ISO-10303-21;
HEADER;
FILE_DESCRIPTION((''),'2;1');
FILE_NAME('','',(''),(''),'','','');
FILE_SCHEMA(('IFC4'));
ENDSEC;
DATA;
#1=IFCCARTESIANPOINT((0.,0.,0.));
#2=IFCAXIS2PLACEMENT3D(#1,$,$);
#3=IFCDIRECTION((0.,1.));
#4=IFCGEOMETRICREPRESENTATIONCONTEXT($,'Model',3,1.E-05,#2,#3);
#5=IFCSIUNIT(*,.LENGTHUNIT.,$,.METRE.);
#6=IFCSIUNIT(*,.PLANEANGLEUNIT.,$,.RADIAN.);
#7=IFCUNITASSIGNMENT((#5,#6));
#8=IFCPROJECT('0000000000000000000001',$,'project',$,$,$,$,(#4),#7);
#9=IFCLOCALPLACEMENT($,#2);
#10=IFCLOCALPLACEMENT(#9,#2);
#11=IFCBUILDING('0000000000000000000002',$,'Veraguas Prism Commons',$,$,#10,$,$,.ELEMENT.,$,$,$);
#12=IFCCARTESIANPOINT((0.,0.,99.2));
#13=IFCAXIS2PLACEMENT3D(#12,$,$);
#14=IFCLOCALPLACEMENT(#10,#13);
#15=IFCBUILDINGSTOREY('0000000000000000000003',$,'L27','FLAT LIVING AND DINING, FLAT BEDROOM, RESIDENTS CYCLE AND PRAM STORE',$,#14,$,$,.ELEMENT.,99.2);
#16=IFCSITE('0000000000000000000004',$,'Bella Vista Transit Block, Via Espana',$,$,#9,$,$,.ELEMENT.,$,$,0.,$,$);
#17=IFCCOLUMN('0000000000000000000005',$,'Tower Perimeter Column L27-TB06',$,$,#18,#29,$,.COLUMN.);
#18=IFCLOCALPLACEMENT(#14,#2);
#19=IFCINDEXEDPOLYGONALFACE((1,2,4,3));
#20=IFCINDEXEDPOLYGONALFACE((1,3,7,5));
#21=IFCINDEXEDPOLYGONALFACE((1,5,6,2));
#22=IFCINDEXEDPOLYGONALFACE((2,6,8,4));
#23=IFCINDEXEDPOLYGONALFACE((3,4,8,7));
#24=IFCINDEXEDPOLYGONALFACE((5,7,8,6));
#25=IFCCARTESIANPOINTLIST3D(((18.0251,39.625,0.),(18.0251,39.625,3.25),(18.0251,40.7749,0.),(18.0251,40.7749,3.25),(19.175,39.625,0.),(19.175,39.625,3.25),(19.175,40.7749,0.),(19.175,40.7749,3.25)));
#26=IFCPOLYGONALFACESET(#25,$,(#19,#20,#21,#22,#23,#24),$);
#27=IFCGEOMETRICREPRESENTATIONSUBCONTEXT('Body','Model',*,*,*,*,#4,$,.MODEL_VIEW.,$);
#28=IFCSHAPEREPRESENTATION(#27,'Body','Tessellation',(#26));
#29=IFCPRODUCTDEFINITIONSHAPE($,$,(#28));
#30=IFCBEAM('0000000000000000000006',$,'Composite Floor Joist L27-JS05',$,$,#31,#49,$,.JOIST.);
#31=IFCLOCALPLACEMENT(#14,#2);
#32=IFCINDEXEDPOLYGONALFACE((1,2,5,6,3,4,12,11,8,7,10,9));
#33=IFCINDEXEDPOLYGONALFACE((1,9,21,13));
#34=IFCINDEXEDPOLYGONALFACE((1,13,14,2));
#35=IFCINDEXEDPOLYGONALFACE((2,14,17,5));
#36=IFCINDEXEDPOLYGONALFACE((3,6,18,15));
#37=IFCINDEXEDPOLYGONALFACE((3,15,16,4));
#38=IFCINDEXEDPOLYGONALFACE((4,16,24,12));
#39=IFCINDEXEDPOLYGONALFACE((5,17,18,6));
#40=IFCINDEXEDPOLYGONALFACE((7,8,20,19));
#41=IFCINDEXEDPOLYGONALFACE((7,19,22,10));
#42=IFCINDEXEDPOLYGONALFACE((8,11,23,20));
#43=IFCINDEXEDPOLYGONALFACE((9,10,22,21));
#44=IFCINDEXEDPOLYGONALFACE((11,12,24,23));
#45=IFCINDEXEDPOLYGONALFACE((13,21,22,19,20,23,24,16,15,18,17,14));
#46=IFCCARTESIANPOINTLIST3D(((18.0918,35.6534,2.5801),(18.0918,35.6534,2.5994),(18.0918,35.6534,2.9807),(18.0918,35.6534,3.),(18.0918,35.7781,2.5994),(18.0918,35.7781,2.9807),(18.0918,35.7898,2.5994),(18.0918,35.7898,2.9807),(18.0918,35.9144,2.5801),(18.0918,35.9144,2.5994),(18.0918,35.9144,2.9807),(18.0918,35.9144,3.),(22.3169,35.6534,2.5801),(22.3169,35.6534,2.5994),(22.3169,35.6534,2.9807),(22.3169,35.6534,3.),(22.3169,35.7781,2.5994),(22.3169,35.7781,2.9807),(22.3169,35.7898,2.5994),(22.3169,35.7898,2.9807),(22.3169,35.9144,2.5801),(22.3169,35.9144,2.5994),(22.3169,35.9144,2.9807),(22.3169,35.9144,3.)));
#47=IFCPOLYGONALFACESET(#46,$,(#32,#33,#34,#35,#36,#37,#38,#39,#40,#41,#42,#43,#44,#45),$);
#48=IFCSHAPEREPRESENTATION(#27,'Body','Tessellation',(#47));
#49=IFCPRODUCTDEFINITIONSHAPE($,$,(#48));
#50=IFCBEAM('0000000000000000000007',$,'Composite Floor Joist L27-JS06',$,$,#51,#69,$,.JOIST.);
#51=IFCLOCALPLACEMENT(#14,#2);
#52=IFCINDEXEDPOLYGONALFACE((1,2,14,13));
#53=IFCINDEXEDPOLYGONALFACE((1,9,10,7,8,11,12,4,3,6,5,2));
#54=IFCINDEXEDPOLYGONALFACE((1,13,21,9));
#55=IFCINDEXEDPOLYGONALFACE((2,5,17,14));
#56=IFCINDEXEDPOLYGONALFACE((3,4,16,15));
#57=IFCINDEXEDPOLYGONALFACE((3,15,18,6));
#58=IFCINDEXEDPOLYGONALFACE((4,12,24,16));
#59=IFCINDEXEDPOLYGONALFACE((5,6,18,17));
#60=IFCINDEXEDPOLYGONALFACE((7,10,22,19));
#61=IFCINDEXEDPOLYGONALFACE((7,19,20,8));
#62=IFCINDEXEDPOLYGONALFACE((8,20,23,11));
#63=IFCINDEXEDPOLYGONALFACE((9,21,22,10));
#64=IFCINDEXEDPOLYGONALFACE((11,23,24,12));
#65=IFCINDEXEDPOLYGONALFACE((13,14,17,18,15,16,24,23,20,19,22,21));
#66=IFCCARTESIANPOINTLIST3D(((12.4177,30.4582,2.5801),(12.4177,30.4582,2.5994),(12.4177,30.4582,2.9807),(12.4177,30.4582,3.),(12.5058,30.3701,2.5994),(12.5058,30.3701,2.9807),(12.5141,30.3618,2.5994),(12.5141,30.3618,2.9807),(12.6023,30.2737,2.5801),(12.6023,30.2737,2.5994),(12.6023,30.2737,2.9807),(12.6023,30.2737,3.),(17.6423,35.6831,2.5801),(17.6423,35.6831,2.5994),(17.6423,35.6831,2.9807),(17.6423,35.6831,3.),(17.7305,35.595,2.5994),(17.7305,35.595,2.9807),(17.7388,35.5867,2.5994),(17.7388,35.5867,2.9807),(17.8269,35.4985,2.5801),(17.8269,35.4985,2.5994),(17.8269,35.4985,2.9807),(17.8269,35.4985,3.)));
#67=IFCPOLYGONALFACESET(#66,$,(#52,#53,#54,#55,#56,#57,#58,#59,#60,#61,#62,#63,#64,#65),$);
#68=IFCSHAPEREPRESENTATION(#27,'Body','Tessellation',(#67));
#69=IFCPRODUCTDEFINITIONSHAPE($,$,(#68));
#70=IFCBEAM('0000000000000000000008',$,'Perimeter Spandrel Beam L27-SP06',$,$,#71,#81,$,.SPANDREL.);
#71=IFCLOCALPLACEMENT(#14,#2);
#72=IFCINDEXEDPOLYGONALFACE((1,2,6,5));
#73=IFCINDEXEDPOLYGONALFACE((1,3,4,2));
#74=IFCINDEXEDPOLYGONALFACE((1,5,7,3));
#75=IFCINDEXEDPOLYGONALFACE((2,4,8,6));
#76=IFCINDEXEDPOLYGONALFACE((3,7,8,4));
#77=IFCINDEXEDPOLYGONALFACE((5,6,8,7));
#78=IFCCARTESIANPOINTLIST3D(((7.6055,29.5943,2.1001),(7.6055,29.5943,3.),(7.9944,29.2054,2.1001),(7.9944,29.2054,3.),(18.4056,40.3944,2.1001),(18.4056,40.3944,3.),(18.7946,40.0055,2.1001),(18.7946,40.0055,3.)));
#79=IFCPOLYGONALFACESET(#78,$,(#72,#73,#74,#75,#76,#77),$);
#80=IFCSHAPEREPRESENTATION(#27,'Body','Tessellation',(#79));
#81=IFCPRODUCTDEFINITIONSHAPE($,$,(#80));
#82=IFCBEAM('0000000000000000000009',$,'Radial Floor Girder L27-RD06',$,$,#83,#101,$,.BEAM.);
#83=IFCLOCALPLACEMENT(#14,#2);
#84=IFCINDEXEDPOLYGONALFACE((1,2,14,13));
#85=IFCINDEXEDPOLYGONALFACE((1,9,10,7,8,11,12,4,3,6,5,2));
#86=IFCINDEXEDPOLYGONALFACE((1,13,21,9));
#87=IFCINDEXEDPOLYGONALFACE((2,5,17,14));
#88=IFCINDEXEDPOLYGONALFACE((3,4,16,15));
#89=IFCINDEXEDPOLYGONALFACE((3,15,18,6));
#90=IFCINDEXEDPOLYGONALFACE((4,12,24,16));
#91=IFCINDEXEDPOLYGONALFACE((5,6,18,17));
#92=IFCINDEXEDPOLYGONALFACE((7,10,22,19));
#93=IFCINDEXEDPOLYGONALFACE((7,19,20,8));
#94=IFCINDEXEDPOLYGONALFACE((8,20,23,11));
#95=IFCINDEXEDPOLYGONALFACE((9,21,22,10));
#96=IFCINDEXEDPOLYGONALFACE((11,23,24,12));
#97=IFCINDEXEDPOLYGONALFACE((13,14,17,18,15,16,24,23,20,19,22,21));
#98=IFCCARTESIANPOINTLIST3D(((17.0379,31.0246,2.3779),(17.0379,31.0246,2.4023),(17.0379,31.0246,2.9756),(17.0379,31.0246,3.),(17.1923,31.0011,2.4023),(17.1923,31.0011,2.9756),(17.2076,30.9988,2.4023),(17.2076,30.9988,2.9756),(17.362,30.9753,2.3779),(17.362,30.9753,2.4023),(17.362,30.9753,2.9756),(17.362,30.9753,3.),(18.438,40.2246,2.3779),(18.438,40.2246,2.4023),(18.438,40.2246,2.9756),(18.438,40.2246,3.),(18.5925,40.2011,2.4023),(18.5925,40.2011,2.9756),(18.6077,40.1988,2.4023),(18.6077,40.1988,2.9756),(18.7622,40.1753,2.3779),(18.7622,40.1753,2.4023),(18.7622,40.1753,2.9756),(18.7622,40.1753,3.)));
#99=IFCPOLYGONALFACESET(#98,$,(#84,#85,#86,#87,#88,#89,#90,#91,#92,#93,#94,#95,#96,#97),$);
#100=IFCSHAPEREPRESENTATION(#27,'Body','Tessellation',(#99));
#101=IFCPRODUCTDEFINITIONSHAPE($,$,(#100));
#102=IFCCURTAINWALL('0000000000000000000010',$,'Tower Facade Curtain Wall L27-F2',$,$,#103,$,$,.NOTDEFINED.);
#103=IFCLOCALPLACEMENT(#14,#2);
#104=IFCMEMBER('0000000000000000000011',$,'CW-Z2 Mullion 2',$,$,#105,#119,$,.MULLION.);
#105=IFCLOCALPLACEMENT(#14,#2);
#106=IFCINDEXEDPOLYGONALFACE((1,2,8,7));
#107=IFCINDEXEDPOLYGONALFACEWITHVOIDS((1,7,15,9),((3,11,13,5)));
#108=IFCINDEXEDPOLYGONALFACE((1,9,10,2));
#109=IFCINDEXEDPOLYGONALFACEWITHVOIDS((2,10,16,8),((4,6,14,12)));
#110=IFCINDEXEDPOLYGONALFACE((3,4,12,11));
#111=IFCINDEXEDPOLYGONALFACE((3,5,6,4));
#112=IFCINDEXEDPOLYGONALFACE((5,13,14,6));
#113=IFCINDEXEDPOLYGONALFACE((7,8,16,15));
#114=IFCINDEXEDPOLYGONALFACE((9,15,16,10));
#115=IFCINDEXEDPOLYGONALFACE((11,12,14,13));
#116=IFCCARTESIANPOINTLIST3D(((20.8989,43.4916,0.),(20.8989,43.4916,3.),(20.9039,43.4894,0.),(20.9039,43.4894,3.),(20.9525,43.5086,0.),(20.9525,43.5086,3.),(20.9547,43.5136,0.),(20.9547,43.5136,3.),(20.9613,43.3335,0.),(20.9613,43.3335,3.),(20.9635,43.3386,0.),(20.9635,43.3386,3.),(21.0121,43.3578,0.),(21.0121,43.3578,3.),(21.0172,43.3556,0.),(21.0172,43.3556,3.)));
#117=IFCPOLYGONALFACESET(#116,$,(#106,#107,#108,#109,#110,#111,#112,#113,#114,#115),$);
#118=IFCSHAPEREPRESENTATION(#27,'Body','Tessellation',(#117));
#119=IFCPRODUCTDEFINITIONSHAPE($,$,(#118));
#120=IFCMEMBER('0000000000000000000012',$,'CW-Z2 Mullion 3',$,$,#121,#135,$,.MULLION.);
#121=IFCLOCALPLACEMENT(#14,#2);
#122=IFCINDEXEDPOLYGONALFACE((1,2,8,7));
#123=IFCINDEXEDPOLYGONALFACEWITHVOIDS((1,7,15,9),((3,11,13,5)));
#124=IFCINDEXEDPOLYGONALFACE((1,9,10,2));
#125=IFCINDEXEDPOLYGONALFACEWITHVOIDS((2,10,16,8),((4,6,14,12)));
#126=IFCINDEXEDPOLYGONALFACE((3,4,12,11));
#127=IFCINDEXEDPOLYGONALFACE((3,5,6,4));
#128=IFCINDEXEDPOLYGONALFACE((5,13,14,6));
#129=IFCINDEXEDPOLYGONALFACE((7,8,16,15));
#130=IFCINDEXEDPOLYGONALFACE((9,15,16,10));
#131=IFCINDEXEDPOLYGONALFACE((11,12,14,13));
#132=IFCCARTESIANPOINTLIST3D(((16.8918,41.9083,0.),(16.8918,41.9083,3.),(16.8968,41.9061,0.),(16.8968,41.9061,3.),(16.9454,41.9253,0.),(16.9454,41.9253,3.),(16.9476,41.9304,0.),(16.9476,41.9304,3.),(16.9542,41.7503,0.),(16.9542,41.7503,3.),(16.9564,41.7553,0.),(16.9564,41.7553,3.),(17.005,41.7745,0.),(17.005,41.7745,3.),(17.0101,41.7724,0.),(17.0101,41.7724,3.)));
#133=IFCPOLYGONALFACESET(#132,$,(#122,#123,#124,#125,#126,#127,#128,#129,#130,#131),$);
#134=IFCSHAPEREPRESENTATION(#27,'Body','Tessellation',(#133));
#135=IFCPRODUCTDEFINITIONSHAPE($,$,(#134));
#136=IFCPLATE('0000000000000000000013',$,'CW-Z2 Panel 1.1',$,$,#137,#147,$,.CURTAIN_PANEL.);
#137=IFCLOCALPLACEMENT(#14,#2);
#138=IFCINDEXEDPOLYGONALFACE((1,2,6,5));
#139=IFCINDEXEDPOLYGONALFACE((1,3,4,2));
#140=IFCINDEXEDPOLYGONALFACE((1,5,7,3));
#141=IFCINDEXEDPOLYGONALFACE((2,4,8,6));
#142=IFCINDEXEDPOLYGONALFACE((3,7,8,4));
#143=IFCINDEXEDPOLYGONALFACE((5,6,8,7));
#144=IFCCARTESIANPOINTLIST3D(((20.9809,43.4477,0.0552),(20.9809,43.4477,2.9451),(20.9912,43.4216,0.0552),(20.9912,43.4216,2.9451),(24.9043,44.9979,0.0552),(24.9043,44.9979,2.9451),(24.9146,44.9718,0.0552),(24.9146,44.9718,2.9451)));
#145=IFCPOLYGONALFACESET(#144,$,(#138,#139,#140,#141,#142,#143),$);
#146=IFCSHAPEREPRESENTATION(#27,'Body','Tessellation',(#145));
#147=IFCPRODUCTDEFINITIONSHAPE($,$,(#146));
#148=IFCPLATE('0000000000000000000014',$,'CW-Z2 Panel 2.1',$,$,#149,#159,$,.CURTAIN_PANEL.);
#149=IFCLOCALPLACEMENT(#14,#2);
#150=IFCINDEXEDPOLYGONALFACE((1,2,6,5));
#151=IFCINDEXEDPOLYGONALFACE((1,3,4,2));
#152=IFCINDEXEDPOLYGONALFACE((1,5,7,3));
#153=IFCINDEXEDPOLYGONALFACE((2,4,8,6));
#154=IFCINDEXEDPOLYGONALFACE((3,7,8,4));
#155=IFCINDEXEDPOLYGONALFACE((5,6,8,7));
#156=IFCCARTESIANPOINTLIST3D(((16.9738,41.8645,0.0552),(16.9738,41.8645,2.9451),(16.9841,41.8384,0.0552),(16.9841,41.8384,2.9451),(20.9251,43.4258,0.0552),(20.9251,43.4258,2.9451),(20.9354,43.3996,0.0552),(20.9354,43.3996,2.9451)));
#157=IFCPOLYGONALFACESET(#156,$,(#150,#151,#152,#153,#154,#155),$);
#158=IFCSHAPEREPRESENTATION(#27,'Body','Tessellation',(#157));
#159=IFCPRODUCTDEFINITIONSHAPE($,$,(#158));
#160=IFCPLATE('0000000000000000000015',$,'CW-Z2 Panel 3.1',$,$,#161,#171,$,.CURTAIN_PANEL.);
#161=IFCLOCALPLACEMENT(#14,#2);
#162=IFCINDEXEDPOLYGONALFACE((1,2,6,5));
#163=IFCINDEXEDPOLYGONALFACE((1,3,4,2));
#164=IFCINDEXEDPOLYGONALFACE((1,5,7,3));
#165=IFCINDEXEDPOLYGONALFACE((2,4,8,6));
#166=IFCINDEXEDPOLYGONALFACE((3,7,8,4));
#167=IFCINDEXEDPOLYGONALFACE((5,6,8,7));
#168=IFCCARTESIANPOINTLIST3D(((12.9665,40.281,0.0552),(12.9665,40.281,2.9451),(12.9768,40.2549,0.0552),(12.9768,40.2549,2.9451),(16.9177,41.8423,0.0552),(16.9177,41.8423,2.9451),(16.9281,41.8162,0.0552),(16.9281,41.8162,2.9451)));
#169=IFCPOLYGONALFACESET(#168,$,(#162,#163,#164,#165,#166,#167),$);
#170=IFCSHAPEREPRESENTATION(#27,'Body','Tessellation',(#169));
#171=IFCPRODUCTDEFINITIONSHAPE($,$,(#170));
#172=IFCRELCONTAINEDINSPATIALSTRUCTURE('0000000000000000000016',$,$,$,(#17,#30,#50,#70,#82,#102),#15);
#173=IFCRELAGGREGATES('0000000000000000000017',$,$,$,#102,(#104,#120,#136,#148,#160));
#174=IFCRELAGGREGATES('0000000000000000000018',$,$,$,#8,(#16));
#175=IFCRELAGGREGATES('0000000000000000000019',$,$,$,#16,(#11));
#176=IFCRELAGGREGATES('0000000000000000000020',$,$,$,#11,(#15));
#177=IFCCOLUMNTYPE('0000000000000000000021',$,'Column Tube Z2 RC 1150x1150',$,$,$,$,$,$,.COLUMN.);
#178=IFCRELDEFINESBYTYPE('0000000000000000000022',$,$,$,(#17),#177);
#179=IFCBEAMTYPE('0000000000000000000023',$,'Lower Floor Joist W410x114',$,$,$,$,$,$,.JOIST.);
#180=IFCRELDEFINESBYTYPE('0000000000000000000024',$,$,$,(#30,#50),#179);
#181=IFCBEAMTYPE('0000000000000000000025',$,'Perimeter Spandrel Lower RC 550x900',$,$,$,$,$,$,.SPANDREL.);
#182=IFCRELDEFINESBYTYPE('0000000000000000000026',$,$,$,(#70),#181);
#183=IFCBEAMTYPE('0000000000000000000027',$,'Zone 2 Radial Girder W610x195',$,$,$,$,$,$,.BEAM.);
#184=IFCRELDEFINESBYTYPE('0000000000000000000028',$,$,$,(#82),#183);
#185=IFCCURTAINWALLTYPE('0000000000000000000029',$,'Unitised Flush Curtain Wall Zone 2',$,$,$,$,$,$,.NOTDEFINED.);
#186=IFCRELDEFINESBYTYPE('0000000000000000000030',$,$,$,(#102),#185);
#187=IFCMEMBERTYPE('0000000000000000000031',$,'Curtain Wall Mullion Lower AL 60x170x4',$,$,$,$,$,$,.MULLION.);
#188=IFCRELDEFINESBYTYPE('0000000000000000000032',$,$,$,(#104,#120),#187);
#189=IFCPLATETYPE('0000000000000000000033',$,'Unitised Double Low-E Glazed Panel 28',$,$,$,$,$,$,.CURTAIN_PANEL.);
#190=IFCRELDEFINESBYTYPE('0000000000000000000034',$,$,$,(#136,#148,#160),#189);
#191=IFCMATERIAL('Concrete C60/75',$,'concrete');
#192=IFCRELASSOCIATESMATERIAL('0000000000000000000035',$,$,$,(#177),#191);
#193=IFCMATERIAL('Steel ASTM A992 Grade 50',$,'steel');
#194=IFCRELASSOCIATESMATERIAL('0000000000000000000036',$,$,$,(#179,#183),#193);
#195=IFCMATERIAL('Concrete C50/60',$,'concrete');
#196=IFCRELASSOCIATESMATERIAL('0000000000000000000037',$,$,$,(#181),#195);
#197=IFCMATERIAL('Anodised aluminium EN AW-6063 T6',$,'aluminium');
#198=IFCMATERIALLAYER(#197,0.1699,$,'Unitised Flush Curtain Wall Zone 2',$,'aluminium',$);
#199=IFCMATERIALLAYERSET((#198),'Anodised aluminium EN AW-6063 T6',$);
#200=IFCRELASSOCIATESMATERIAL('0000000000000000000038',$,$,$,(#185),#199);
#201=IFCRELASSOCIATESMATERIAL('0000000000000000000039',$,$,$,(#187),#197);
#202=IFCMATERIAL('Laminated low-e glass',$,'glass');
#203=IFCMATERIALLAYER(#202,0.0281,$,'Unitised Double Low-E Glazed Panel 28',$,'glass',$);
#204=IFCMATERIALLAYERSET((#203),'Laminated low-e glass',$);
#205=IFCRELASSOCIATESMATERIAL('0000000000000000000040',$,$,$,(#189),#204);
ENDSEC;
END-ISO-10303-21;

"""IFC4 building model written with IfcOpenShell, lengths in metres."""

from ifc_helpers import new_model, si_unit, direction, frame, origin, origin_2d, place, context, subcontext, project, spatial, rectangle, hollow_rectangle, i_section, extrude, source, transform, mapped, material, layer, layer_set, material_profile, profile_set, type_object, element, aggregate, save


model = new_model("IFC4")

# Units and contexts
model_context = context("Model", 3, precision=1e-05, world=origin(), true_north=direction((0.0, 1.0)))
body_context = subcontext(model_context, "Body", "Model", "MODEL_VIEW")
ifc_project = project(units=[si_unit("LENGTHUNIT", "METRE"), si_unit("PLANEANGLEUNIT", "RADIAN")], contexts=[model_context])

# Site, building, storey
site_placement = place(None, origin())
site = spatial("IfcSite", under=ifc_project, at=site_placement, Name="Bella Vista Transit Block, Via Espana", CompositionType="ELEMENT", RefElevation=0.0)
building_placement = place(site_placement, origin())
building = spatial("IfcBuilding", under=site, at=building_placement, Name="Veraguas Prism Commons", CompositionType="ELEMENT")
storey_placement = place(building_placement, frame((0.0, 0.0, 99.2)))
storey = spatial("IfcBuildingStorey", under=building, at=storey_placement, Name="L27", Description="FLAT LIVING AND DINING, FLAT BEDROOM, RESIDENTS CYCLE AND PRAM STORE", CompositionType="ELEMENT", Elevation=99.2)

# Column
ifc_material_1 = material(Name="Concrete C60/75", Category="concrete")
ifc_material_profile_1 = material_profile(ifc_material_1, rectangle(XDim=1.1499, YDim=1.1499, at=origin_2d()), Name="RC1150X1150")
ifc_profile_set_1 = profile_set([ifc_material_profile_1], Name="Concrete C60/75")
column_type = type_object("IfcColumnType", Name="Column Tube Z2 RC 1150x1150", PredefinedType="COLUMN", material=ifc_profile_set_1)
column_placement = place(storey_placement, frame((18.6001, 40.2, 0.0), z_axis=(0.0, 0.0, 1.0), x_axis=(1.0, 0.0, 0.0)))
element("IfcColumn", 1, at=column_placement, inside=storey, type_object=column_type, Name="Tower Perimeter Column L27-TB06", PredefinedType="COLUMN", context=body_context, shape_type="SweptSolid", body=[
    extrude(rectangle(XDim=1.1499, YDim=1.1499, at=origin_2d()), origin(), (0.0, 0.0, 1.0), 3.25),
])

# Beams
ifc_material_2 = material(Name="Steel ASTM A992 Grade 50", Category="steel")
ifc_material_profile_2 = material_profile(ifc_material_2, i_section(OverallWidth=0.261, OverallDepth=0.4199, WebThickness=0.0117, FlangeThickness=0.0193, at=origin_2d()), Name="W410X114")
ifc_profile_set_2 = profile_set([ifc_material_profile_2], Name="Steel ASTM A992 Grade 50")
beam_type_1 = type_object("IfcBeamType", Name="Lower Floor Joist W410x114", PredefinedType="JOIST", material=ifc_profile_set_2)
beam_1_placement = place(storey_placement, frame((22.3169, 35.7839, 2.79), z_axis=(-1.0, 0.0, 0.0), x_axis=(0.0, -1.0, 0.0)))
element("IfcBeam", 2, at=beam_1_placement, inside=storey, type_object=beam_type_1, Name="Composite Floor Joist L27-JS05", PredefinedType="JOIST", context=body_context, shape_type="SweptSolid", body=[
    extrude(i_section(OverallWidth=0.261, OverallDepth=0.4199, WebThickness=0.0117, FlangeThickness=0.0193, at=origin_2d()), origin(), (0.0, 0.0, 1.0), 4.2251),
])
beam_2_placement = place(storey_placement, frame((17.7346, 35.5908, 2.79), z_axis=(-0.70709, -0.707123, 0.0), x_axis=(0.707123, -0.70709, 0.0)))
element("IfcBeam", 3, at=beam_2_placement, inside=storey, type_object=beam_type_1, Name="Composite Floor Joist L27-JS06", PredefinedType="JOIST", context=body_context, shape_type="SweptSolid", body=[
    extrude(i_section(OverallWidth=0.261, OverallDepth=0.4199, WebThickness=0.0117, FlangeThickness=0.0193, at=origin_2d()), origin(), (0.0, 0.0, 1.0), 7.3889),
])
ifc_material_3 = material(Name="Concrete C50/60", Category="concrete")
ifc_material_profile_3 = material_profile(ifc_material_3, rectangle(XDim=0.55, YDim=0.8999, at=origin_2d()), Name="RC550X900")
ifc_profile_set_3 = profile_set([ifc_material_profile_3], Name="Concrete C50/60")
beam_type_2 = type_object("IfcBeamType", Name="Perimeter Spandrel Lower RC 550x900", PredefinedType="SPANDREL", material=ifc_profile_set_3)
beam_3_placement = place(storey_placement, frame((18.6001, 40.2, 2.55), z_axis=(-0.707107, -0.707107, 0.0), x_axis=(0.707107, -0.707107, 0.0)))
element("IfcBeam", 4, at=beam_3_placement, inside=storey, type_object=beam_type_2, Name="Perimeter Spandrel Beam L27-SP06", PredefinedType="SPANDREL", context=body_context, shape_type="SweptSolid", body=[
    extrude(rectangle(XDim=0.55, YDim=0.8999, at=origin_2d()), origin(), (0.0, 0.0, 1.0), 15.2737),
])
ifc_material_profile_4 = material_profile(ifc_material_2, i_section(OverallWidth=0.3279, OverallDepth=0.6221, WebThickness=0.0154, FlangeThickness=0.0244, at=origin_2d()), Name="W610X195")
ifc_profile_set_4 = profile_set([ifc_material_profile_4], Name="Steel ASTM A992 Grade 50")
beam_type_3 = type_object("IfcBeamType", Name="Zone 2 Radial Girder W610x195", PredefinedType="BEAM", material=ifc_profile_set_4)
beam_4_placement = place(storey_placement, frame((18.6001, 40.2, 2.689), z_axis=(-0.150458, -0.988616, 0.0), x_axis=(0.988616, -0.150458, 0.0)))
element("IfcBeam", 5, at=beam_4_placement, inside=storey, type_object=beam_type_3, Name="Radial Floor Girder L27-RD06", PredefinedType="BEAM", context=body_context, shape_type="SweptSolid", body=[
    extrude(i_section(OverallWidth=0.3279, OverallDepth=0.6221, WebThickness=0.0154, FlangeThickness=0.0244, at=origin_2d()), origin(), (0.0, 0.0, 1.0), 9.3059),
])

# Curtain wall, members, plates
ifc_material_4 = material(Name="Anodised aluminium EN AW-6063 T6", Category="aluminium")
ifc_layer_1 = layer(ifc_material_4, 0.1699, Name="Unitised Flush Curtain Wall Zone 2", Category="aluminium")
ifc_layer_set_1 = layer_set([ifc_layer_1], Name="Anodised aluminium EN AW-6063 T6")
curtain_wall_type = type_object("IfcCurtainWallType", Name="Unitised Flush Curtain Wall Zone 2", PredefinedType="NOTDEFINED", material=ifc_layer_set_1)
curtain_wall_placement = place(storey_placement, origin())
curtain_wall = element("IfcCurtainWall", 6, at=curtain_wall_placement, inside=storey, type_object=curtain_wall_type, Name="Tower Facade Curtain Wall L27-F2", PredefinedType="NOTDEFINED")
ifc_material_profile_5 = material_profile(ifc_material_4, hollow_rectangle(XDim=0.0601, YDim=0.1699, WallThickness=0.0039, at=origin_2d()), Name="AL60X170X4")
ifc_profile_set_5 = profile_set([ifc_material_profile_5], Name="Anodised aluminium EN AW-6063 T6")
member_type = type_object("IfcMemberType", Name="Curtain Wall Mullion Lower AL 60x170x4", PredefinedType="MULLION", material=ifc_profile_set_5)
shared_shape_1 = source(origin(), body_context, "Body", "SweptSolid", [
    extrude(hollow_rectangle(XDim=0.0601, YDim=0.1699, WallThickness=0.0039, at=origin_2d()), origin(), (0.0, 0.0, 1.0), 3.0),
])
member_1_placement = place(storey_placement, frame((20.958, 43.4236, 0.0), z_axis=(0.0, 0.0, 1.0), x_axis=(-0.930032, -0.367479, 0.0)))
member_1 = element("IfcMember", 7, at=member_1_placement, type_object=member_type, Name="CW-Z2 Mullion 2", PredefinedType="MULLION", context=body_context, shape_type="MappedRepresentation", body=[
    mapped(shared_shape_1, transform((0.0, 0.0, 0.0), scale=1.0)),
])
member_2_placement = place(storey_placement, frame((16.9509, 41.8403, 0.0), z_axis=(0.0, 0.0, 1.0), x_axis=(-0.930032, -0.367479, 0.0)))
member_2 = element("IfcMember", 8, at=member_2_placement, type_object=member_type, Name="CW-Z2 Mullion 3", PredefinedType="MULLION", context=body_context, shape_type="MappedRepresentation", body=[
    mapped(shared_shape_1, transform((0.0, 0.0, 0.0), scale=1.0)),
])
ifc_material_5 = material(Name="Laminated low-e glass", Category="glass")
ifc_layer_2 = layer(ifc_material_5, 0.0281, Name="Unitised Double Low-E Glazed Panel 28", Category="glass")
ifc_layer_set_2 = layer_set([ifc_layer_2], Name="Laminated low-e glass")
plate_type = type_object("IfcPlateType", Name="Unitised Double Low-E Glazed Panel 28", PredefinedType="CURTAIN_PANEL", material=ifc_layer_set_2)
shared_shape_2 = source(origin(), body_context, "Body", "SweptSolid", [
    extrude(rectangle(XDim=4.2185, YDim=0.0281, at=origin_2d()), origin(), (0.0, 0.0, 1.0), 2.8899),
])
plate_1_placement = place(storey_placement, frame((22.9478, 44.2097, 0.0552), z_axis=(0.0, 0.0, 1.0), x_axis=(-0.930032, -0.367479, 0.0)))
plate_1 = element("IfcPlate", 9, at=plate_1_placement, type_object=plate_type, Name="CW-Z2 Panel 1.1", PredefinedType="CURTAIN_PANEL", context=body_context, shape_type="MappedRepresentation", body=[
    mapped(shared_shape_2, transform((0.0, 0.0, 0.0), scale=1.0)),
])
shared_shape_3 = source(origin(), body_context, "Body", "SweptSolid", [
    extrude(rectangle(XDim=4.2485, YDim=0.0281, at=origin_2d()), origin(), (0.0, 0.0, 1.0), 2.8899),
])
plate_2_placement = place(storey_placement, frame((18.9546, 42.6321, 0.0552), z_axis=(0.0, 0.0, 1.0), x_axis=(-0.930032, -0.367479, 0.0)))
plate_2 = element("IfcPlate", 10, at=plate_2_placement, type_object=plate_type, Name="CW-Z2 Panel 2.1", PredefinedType="CURTAIN_PANEL", context=body_context, shape_type="MappedRepresentation", body=[
    mapped(shared_shape_3, transform((0.0, 0.0, 0.0), scale=1.0)),
])
plate_3_placement = place(storey_placement, frame((14.9473, 41.0486, 0.0552), z_axis=(0.0, 0.0, 1.0), x_axis=(-0.930032, -0.367479, 0.0)))
plate_3 = element("IfcPlate", 11, at=plate_3_placement, type_object=plate_type, Name="CW-Z2 Panel 3.1", PredefinedType="CURTAIN_PANEL", context=body_context, shape_type="MappedRepresentation", body=[
    mapped(shared_shape_3, transform((0.0, 0.0, 0.0), scale=1.0)),
])
aggregate(curtain_wall, [member_1, member_2, plate_1, plate_2, plate_3])

save(model, "model.ifc")
